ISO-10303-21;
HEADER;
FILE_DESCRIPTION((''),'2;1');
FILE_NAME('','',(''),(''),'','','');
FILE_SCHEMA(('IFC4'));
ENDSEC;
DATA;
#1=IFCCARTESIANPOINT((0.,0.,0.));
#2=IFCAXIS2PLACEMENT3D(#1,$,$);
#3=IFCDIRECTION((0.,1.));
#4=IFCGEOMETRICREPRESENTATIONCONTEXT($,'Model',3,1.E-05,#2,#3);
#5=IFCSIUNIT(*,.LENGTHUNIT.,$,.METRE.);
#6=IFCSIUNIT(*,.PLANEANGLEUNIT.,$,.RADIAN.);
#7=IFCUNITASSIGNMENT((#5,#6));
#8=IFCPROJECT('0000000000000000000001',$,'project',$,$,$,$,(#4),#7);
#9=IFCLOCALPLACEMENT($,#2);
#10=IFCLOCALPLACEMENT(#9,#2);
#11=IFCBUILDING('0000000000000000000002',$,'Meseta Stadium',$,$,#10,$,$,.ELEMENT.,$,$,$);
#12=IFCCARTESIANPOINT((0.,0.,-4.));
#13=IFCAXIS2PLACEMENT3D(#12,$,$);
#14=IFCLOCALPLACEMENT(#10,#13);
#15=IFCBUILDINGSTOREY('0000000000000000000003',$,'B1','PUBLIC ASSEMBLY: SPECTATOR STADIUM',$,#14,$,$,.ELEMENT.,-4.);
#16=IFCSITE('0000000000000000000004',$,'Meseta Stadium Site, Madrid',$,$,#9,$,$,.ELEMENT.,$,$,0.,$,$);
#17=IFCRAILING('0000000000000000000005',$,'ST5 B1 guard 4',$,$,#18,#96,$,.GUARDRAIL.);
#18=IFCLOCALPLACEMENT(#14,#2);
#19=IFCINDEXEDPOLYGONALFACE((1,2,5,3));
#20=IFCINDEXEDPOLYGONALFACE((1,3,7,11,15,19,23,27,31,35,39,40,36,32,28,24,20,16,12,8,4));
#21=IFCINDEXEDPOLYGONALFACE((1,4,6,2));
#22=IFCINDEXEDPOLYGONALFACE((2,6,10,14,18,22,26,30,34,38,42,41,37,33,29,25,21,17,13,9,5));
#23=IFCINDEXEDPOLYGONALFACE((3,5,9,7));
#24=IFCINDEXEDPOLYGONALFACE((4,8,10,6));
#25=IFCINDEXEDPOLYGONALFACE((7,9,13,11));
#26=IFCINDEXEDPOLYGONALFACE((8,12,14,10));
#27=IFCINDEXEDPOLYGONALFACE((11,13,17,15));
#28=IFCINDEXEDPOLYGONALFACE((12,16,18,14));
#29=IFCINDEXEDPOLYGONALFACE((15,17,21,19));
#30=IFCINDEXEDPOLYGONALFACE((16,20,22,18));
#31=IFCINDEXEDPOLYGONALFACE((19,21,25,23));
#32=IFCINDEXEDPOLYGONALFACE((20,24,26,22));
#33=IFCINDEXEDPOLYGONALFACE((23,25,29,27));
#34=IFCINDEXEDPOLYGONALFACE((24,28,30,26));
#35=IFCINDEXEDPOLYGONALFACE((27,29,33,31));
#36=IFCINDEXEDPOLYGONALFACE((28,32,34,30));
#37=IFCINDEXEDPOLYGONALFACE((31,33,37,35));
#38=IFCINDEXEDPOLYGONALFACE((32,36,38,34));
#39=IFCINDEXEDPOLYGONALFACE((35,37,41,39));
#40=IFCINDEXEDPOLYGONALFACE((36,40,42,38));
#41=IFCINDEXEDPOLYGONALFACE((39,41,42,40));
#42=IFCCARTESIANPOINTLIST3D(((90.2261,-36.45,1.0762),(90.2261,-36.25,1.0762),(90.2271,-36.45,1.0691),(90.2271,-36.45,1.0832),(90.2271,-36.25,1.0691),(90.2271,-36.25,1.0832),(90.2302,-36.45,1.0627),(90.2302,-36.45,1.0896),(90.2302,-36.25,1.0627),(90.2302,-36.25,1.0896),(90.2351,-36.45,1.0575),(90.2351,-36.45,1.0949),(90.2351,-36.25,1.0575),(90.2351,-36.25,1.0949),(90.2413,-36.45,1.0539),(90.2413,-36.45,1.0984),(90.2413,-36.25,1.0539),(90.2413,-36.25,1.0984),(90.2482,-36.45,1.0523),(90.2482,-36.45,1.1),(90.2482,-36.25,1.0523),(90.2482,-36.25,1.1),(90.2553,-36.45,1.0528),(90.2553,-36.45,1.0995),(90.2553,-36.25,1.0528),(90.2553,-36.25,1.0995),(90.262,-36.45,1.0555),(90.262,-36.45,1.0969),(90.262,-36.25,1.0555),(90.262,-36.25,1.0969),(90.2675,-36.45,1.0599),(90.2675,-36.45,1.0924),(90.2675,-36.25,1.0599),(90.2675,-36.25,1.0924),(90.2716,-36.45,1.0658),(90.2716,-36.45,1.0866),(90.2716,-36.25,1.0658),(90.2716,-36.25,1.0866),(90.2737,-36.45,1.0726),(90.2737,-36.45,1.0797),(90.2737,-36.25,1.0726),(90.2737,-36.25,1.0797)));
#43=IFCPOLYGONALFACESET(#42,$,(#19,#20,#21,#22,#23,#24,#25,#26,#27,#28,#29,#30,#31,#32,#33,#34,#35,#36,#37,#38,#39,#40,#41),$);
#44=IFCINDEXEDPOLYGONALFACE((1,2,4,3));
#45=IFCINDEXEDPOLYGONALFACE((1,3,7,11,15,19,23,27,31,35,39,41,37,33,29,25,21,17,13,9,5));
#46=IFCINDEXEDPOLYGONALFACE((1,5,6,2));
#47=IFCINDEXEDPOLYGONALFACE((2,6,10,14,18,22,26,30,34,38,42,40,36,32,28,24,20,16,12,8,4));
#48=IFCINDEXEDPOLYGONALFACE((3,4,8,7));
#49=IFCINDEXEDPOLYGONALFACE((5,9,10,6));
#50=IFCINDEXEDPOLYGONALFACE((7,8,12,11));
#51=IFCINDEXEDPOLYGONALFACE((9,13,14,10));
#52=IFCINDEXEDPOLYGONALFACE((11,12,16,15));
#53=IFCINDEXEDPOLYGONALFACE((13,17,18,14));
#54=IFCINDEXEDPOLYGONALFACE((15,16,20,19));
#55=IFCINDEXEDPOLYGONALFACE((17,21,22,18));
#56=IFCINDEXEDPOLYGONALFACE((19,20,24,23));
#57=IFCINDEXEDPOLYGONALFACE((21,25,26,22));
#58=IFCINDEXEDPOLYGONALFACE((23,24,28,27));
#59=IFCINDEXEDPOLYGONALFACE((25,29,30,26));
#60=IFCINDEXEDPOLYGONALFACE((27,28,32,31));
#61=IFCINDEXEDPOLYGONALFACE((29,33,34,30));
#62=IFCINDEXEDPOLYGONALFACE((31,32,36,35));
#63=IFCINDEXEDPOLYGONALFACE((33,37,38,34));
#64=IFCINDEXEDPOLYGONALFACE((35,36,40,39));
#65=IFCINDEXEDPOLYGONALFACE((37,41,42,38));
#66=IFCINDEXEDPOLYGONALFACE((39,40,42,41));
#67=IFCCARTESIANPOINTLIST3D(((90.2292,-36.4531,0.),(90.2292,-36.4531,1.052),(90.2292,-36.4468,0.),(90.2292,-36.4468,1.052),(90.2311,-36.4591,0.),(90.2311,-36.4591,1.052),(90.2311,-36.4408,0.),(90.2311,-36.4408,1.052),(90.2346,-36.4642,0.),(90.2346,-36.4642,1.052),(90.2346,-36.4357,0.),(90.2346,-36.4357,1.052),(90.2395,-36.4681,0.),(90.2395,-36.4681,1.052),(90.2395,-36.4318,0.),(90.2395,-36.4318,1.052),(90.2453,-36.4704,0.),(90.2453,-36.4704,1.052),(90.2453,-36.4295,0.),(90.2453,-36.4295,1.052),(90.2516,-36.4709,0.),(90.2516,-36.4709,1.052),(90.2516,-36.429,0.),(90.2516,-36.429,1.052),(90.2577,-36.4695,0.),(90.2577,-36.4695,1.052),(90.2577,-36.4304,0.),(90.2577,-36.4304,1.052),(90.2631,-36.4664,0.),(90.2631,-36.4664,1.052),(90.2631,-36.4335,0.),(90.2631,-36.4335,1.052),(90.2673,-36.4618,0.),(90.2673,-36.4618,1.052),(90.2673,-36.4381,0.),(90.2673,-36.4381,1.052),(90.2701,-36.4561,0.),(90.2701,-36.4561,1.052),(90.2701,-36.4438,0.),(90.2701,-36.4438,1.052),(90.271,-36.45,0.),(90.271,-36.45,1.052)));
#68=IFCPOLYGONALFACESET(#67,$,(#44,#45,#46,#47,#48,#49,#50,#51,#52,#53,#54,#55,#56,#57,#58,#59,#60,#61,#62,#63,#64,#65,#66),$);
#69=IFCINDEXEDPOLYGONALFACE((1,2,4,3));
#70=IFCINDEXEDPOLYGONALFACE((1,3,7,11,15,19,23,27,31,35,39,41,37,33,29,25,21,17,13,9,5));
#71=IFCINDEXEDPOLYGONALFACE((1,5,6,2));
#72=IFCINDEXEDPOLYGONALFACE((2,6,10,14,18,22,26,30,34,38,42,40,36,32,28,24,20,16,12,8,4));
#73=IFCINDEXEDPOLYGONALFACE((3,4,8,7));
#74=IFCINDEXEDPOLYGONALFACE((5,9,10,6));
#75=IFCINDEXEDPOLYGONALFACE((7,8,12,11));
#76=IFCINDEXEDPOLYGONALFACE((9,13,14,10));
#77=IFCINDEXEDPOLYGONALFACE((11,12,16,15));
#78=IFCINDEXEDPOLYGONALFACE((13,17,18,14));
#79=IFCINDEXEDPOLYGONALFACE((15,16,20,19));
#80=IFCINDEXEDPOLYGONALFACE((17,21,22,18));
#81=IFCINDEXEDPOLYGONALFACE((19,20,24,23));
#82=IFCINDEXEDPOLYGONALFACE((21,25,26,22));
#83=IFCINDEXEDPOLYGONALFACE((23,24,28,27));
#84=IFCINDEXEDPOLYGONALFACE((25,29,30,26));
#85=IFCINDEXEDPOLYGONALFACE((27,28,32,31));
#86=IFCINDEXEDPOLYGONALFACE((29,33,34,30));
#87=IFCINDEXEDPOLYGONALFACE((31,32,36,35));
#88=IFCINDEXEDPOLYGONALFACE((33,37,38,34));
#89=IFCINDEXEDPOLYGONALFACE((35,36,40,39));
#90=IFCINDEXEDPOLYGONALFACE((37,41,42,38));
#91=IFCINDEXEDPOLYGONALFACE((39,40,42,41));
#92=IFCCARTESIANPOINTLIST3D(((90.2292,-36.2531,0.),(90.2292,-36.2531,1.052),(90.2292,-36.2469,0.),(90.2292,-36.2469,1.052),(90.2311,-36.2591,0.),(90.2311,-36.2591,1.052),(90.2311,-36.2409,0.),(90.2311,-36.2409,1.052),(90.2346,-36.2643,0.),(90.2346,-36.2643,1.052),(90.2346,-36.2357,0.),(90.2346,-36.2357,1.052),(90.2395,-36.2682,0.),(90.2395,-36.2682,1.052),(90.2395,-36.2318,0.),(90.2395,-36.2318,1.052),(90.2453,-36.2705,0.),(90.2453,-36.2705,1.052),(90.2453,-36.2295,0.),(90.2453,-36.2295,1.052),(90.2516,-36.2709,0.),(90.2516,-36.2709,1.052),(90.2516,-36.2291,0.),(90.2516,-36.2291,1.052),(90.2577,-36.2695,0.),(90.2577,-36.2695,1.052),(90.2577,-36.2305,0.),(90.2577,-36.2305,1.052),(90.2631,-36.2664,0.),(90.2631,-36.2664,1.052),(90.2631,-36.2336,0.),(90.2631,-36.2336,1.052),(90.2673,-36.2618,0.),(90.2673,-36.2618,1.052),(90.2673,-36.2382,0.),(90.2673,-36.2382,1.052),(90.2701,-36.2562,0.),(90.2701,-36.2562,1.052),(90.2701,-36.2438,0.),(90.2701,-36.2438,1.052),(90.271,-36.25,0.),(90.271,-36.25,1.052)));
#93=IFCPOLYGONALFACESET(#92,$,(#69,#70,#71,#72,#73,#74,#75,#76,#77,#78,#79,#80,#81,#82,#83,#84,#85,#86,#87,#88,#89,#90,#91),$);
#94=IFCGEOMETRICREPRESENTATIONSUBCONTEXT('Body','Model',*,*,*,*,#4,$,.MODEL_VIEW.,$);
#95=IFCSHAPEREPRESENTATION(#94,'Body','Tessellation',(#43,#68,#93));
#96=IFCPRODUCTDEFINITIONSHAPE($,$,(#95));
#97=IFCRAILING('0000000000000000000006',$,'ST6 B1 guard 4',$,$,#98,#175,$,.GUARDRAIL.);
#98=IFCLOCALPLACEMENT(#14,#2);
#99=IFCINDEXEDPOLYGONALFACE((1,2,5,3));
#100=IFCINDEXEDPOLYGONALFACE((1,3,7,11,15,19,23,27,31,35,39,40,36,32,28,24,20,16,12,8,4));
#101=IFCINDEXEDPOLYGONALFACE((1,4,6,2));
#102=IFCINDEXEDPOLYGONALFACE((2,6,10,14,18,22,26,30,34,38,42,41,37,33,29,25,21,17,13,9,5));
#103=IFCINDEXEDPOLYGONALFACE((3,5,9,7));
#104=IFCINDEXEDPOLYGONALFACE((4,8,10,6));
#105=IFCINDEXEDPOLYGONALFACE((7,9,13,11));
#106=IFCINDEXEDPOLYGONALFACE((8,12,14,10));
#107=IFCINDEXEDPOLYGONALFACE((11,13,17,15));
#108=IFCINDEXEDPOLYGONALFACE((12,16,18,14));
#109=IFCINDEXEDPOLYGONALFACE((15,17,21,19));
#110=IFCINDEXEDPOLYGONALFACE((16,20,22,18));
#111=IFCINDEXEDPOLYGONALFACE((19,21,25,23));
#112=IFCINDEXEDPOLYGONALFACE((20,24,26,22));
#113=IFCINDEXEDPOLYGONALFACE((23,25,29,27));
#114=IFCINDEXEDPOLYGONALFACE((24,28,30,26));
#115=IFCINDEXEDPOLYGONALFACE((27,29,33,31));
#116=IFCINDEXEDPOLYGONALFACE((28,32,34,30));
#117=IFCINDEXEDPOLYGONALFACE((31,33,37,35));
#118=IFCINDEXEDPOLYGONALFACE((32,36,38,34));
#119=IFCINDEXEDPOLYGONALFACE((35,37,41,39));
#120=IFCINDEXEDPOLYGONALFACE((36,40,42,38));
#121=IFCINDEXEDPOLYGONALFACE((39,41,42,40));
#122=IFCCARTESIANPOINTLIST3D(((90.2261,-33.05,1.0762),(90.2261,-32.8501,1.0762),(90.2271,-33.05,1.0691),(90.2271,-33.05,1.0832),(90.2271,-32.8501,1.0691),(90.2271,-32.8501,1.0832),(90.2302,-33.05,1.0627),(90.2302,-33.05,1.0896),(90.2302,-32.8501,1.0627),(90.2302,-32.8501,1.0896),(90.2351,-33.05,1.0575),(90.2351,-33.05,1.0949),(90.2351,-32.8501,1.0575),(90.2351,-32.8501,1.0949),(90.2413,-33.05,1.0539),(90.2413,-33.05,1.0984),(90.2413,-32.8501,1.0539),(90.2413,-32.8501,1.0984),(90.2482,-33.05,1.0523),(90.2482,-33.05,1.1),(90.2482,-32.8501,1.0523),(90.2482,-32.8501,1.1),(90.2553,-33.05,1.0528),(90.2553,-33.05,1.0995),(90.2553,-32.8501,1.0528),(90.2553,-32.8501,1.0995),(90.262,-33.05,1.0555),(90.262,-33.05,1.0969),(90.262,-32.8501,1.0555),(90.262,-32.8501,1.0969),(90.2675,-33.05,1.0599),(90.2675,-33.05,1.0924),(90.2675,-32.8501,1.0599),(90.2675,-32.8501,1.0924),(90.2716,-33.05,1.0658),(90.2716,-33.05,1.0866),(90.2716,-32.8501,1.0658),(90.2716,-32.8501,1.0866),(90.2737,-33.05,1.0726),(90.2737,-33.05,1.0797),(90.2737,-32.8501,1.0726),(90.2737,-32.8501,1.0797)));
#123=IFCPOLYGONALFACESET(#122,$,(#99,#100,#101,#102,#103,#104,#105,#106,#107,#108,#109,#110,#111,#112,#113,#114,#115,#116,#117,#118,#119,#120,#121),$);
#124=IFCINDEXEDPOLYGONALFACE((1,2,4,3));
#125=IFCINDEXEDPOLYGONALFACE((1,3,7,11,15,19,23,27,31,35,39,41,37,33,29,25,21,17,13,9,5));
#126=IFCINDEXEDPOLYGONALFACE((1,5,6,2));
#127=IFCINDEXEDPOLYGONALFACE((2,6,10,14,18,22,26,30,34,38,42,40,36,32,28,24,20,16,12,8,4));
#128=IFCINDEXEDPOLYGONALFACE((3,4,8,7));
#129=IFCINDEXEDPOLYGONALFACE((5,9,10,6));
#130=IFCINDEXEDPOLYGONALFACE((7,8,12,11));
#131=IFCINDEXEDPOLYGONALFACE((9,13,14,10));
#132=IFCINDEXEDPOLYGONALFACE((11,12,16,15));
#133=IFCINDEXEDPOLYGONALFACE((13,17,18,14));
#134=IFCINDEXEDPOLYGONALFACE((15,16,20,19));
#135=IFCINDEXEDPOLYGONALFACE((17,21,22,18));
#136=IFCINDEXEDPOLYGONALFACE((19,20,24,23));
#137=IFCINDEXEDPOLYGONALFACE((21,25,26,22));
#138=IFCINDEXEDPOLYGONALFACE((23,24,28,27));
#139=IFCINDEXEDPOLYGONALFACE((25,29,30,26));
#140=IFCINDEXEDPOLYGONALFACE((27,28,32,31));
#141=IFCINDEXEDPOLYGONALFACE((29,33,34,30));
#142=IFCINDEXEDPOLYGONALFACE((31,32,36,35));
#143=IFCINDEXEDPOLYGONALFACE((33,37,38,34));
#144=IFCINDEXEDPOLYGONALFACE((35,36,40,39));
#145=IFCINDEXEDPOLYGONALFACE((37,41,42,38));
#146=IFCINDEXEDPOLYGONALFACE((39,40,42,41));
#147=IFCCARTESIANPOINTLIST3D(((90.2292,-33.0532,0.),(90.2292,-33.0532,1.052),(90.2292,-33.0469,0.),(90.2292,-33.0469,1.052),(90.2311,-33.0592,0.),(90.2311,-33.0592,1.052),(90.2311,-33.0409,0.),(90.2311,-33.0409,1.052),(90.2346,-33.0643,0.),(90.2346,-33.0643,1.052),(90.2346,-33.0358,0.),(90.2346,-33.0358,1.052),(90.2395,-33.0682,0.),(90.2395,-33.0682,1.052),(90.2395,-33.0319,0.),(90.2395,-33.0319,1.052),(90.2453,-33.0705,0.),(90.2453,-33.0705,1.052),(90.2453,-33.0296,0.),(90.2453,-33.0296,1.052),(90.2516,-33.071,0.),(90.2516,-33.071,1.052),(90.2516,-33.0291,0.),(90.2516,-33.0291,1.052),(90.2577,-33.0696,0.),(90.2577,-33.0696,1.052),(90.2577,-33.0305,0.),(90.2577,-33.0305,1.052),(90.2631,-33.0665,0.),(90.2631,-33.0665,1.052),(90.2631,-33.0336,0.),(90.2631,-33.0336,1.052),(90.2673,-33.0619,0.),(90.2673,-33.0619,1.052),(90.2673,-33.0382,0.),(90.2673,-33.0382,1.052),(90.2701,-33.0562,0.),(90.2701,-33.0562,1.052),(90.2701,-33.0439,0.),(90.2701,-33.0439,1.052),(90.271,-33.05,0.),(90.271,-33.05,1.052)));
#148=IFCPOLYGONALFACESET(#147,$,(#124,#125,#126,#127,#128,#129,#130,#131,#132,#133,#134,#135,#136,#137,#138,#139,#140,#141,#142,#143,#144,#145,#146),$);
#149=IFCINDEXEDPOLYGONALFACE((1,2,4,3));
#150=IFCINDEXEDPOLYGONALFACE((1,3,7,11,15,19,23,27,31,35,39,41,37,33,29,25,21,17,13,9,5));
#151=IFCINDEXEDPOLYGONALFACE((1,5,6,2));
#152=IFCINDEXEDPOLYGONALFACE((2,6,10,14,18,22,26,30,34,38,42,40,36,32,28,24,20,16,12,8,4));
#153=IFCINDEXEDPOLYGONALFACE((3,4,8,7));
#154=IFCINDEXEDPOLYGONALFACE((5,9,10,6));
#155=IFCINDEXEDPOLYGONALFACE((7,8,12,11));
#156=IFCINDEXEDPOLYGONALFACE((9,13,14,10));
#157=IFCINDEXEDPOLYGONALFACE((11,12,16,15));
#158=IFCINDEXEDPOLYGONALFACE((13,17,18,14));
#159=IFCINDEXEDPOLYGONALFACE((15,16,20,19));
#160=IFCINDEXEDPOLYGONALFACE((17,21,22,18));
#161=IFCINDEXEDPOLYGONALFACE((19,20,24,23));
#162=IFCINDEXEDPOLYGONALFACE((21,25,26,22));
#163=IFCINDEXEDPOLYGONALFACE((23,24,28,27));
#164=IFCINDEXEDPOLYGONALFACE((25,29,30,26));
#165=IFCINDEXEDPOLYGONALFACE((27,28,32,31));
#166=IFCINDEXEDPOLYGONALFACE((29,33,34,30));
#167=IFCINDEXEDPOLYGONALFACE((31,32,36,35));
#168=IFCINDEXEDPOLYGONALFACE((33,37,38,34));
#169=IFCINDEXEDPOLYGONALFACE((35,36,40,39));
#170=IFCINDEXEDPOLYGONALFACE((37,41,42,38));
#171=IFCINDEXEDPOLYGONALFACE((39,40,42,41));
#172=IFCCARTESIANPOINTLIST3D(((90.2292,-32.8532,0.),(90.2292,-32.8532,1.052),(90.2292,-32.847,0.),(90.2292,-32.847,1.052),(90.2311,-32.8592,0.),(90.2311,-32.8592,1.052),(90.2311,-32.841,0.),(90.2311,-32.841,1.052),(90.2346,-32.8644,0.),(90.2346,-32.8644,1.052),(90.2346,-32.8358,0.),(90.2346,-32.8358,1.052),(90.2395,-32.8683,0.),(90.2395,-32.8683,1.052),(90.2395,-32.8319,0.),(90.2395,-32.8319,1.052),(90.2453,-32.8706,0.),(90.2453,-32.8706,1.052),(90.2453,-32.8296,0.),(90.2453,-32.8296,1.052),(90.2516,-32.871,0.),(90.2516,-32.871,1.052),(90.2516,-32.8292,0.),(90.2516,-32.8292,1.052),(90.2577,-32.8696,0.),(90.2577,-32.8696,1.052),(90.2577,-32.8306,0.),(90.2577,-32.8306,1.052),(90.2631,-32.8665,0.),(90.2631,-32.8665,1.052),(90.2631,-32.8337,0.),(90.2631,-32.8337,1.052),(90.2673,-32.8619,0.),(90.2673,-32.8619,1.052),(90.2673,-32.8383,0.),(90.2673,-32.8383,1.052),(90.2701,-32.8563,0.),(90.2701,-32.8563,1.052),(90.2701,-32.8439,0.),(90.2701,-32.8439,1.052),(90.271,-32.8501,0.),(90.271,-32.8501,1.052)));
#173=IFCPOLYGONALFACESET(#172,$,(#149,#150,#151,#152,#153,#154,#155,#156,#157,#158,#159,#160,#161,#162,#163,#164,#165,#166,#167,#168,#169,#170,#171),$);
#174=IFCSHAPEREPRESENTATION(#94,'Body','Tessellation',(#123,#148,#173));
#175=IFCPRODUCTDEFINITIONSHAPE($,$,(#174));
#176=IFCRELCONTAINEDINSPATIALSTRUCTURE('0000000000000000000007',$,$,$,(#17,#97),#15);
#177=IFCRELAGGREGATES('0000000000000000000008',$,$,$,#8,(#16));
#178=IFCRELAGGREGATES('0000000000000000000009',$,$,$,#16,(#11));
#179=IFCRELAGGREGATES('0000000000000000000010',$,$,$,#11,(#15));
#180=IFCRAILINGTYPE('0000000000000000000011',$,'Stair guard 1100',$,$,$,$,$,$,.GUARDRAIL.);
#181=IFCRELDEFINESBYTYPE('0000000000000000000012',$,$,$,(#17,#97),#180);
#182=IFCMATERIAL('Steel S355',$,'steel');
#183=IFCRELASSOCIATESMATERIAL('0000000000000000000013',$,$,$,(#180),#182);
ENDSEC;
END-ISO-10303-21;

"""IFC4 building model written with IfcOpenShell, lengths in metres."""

from ifc_helpers import new_model, si_unit, direction, frame, origin, origin_2d, place, context, subcontext, project, spatial, circle, extrude, material, type_object, element, save


model = new_model("IFC4")

# Units and contexts
model_context = context("Model", 3, precision=1e-05, world=origin(), true_north=direction((0.0, 1.0)))
body_context = subcontext(model_context, "Body", "Model", "MODEL_VIEW")
ifc_project = project(units=[si_unit("LENGTHUNIT", "METRE"), si_unit("PLANEANGLEUNIT", "RADIAN")], contexts=[model_context])

# Site, building, storey
site_placement = place(None, origin())
site = spatial("IfcSite", under=ifc_project, at=site_placement, Name="Meseta Stadium Site, Madrid", CompositionType="ELEMENT", RefElevation=0.0)
building_placement = place(site_placement, origin())
building = spatial("IfcBuilding", under=site, at=building_placement, Name="Meseta Stadium", CompositionType="ELEMENT")
storey_placement = place(building_placement, frame((0.0, 0.0, -4.0)))
storey = spatial("IfcBuildingStorey", under=building, at=storey_placement, Name="B1", Description="PUBLIC ASSEMBLY: SPECTATOR STADIUM", CompositionType="ELEMENT", Elevation=-4.0)

# Railings
ifc_material_1 = material(Name="Steel S355", Category="steel")
railing_type_1 = type_object("IfcRailingType", Name="Stair guard 1100", PredefinedType="GUARDRAIL", material=ifc_material_1)
for number, where, name in (
    (1, (90.25, -36.45, 0.0), "ST5 B1 guard 4"),
    (2, (90.25, -33.05, 0.0), "ST6 B1 guard 4"),
):
    element("IfcRailing", number, at=place(storey_placement, frame(where)), inside=storey, type_object=railing_type_1, Name=name, PredefinedType="GUARDRAIL", context=body_context, shape_type="SweptSolid", body=[
        extrude(circle(Radius=0.0239, at=origin_2d()), frame((0.0, 0.0, 1.0762), z_axis=(0.0, 1.0, 0.0), x_axis=(-1.0, 0.0, 0.0)), (0.0, 0.0, 1.0), 0.2),
        extrude(circle(Radius=0.021, at=origin_2d()), origin(), (0.0, 0.0, 1.0), 1.052),
        extrude(circle(Radius=0.021, at=origin_2d()), frame((0.0, 0.2, 0.0)), (0.0, 0.0, 1.0), 1.052),
    ])

save(model, "model.ifc")
